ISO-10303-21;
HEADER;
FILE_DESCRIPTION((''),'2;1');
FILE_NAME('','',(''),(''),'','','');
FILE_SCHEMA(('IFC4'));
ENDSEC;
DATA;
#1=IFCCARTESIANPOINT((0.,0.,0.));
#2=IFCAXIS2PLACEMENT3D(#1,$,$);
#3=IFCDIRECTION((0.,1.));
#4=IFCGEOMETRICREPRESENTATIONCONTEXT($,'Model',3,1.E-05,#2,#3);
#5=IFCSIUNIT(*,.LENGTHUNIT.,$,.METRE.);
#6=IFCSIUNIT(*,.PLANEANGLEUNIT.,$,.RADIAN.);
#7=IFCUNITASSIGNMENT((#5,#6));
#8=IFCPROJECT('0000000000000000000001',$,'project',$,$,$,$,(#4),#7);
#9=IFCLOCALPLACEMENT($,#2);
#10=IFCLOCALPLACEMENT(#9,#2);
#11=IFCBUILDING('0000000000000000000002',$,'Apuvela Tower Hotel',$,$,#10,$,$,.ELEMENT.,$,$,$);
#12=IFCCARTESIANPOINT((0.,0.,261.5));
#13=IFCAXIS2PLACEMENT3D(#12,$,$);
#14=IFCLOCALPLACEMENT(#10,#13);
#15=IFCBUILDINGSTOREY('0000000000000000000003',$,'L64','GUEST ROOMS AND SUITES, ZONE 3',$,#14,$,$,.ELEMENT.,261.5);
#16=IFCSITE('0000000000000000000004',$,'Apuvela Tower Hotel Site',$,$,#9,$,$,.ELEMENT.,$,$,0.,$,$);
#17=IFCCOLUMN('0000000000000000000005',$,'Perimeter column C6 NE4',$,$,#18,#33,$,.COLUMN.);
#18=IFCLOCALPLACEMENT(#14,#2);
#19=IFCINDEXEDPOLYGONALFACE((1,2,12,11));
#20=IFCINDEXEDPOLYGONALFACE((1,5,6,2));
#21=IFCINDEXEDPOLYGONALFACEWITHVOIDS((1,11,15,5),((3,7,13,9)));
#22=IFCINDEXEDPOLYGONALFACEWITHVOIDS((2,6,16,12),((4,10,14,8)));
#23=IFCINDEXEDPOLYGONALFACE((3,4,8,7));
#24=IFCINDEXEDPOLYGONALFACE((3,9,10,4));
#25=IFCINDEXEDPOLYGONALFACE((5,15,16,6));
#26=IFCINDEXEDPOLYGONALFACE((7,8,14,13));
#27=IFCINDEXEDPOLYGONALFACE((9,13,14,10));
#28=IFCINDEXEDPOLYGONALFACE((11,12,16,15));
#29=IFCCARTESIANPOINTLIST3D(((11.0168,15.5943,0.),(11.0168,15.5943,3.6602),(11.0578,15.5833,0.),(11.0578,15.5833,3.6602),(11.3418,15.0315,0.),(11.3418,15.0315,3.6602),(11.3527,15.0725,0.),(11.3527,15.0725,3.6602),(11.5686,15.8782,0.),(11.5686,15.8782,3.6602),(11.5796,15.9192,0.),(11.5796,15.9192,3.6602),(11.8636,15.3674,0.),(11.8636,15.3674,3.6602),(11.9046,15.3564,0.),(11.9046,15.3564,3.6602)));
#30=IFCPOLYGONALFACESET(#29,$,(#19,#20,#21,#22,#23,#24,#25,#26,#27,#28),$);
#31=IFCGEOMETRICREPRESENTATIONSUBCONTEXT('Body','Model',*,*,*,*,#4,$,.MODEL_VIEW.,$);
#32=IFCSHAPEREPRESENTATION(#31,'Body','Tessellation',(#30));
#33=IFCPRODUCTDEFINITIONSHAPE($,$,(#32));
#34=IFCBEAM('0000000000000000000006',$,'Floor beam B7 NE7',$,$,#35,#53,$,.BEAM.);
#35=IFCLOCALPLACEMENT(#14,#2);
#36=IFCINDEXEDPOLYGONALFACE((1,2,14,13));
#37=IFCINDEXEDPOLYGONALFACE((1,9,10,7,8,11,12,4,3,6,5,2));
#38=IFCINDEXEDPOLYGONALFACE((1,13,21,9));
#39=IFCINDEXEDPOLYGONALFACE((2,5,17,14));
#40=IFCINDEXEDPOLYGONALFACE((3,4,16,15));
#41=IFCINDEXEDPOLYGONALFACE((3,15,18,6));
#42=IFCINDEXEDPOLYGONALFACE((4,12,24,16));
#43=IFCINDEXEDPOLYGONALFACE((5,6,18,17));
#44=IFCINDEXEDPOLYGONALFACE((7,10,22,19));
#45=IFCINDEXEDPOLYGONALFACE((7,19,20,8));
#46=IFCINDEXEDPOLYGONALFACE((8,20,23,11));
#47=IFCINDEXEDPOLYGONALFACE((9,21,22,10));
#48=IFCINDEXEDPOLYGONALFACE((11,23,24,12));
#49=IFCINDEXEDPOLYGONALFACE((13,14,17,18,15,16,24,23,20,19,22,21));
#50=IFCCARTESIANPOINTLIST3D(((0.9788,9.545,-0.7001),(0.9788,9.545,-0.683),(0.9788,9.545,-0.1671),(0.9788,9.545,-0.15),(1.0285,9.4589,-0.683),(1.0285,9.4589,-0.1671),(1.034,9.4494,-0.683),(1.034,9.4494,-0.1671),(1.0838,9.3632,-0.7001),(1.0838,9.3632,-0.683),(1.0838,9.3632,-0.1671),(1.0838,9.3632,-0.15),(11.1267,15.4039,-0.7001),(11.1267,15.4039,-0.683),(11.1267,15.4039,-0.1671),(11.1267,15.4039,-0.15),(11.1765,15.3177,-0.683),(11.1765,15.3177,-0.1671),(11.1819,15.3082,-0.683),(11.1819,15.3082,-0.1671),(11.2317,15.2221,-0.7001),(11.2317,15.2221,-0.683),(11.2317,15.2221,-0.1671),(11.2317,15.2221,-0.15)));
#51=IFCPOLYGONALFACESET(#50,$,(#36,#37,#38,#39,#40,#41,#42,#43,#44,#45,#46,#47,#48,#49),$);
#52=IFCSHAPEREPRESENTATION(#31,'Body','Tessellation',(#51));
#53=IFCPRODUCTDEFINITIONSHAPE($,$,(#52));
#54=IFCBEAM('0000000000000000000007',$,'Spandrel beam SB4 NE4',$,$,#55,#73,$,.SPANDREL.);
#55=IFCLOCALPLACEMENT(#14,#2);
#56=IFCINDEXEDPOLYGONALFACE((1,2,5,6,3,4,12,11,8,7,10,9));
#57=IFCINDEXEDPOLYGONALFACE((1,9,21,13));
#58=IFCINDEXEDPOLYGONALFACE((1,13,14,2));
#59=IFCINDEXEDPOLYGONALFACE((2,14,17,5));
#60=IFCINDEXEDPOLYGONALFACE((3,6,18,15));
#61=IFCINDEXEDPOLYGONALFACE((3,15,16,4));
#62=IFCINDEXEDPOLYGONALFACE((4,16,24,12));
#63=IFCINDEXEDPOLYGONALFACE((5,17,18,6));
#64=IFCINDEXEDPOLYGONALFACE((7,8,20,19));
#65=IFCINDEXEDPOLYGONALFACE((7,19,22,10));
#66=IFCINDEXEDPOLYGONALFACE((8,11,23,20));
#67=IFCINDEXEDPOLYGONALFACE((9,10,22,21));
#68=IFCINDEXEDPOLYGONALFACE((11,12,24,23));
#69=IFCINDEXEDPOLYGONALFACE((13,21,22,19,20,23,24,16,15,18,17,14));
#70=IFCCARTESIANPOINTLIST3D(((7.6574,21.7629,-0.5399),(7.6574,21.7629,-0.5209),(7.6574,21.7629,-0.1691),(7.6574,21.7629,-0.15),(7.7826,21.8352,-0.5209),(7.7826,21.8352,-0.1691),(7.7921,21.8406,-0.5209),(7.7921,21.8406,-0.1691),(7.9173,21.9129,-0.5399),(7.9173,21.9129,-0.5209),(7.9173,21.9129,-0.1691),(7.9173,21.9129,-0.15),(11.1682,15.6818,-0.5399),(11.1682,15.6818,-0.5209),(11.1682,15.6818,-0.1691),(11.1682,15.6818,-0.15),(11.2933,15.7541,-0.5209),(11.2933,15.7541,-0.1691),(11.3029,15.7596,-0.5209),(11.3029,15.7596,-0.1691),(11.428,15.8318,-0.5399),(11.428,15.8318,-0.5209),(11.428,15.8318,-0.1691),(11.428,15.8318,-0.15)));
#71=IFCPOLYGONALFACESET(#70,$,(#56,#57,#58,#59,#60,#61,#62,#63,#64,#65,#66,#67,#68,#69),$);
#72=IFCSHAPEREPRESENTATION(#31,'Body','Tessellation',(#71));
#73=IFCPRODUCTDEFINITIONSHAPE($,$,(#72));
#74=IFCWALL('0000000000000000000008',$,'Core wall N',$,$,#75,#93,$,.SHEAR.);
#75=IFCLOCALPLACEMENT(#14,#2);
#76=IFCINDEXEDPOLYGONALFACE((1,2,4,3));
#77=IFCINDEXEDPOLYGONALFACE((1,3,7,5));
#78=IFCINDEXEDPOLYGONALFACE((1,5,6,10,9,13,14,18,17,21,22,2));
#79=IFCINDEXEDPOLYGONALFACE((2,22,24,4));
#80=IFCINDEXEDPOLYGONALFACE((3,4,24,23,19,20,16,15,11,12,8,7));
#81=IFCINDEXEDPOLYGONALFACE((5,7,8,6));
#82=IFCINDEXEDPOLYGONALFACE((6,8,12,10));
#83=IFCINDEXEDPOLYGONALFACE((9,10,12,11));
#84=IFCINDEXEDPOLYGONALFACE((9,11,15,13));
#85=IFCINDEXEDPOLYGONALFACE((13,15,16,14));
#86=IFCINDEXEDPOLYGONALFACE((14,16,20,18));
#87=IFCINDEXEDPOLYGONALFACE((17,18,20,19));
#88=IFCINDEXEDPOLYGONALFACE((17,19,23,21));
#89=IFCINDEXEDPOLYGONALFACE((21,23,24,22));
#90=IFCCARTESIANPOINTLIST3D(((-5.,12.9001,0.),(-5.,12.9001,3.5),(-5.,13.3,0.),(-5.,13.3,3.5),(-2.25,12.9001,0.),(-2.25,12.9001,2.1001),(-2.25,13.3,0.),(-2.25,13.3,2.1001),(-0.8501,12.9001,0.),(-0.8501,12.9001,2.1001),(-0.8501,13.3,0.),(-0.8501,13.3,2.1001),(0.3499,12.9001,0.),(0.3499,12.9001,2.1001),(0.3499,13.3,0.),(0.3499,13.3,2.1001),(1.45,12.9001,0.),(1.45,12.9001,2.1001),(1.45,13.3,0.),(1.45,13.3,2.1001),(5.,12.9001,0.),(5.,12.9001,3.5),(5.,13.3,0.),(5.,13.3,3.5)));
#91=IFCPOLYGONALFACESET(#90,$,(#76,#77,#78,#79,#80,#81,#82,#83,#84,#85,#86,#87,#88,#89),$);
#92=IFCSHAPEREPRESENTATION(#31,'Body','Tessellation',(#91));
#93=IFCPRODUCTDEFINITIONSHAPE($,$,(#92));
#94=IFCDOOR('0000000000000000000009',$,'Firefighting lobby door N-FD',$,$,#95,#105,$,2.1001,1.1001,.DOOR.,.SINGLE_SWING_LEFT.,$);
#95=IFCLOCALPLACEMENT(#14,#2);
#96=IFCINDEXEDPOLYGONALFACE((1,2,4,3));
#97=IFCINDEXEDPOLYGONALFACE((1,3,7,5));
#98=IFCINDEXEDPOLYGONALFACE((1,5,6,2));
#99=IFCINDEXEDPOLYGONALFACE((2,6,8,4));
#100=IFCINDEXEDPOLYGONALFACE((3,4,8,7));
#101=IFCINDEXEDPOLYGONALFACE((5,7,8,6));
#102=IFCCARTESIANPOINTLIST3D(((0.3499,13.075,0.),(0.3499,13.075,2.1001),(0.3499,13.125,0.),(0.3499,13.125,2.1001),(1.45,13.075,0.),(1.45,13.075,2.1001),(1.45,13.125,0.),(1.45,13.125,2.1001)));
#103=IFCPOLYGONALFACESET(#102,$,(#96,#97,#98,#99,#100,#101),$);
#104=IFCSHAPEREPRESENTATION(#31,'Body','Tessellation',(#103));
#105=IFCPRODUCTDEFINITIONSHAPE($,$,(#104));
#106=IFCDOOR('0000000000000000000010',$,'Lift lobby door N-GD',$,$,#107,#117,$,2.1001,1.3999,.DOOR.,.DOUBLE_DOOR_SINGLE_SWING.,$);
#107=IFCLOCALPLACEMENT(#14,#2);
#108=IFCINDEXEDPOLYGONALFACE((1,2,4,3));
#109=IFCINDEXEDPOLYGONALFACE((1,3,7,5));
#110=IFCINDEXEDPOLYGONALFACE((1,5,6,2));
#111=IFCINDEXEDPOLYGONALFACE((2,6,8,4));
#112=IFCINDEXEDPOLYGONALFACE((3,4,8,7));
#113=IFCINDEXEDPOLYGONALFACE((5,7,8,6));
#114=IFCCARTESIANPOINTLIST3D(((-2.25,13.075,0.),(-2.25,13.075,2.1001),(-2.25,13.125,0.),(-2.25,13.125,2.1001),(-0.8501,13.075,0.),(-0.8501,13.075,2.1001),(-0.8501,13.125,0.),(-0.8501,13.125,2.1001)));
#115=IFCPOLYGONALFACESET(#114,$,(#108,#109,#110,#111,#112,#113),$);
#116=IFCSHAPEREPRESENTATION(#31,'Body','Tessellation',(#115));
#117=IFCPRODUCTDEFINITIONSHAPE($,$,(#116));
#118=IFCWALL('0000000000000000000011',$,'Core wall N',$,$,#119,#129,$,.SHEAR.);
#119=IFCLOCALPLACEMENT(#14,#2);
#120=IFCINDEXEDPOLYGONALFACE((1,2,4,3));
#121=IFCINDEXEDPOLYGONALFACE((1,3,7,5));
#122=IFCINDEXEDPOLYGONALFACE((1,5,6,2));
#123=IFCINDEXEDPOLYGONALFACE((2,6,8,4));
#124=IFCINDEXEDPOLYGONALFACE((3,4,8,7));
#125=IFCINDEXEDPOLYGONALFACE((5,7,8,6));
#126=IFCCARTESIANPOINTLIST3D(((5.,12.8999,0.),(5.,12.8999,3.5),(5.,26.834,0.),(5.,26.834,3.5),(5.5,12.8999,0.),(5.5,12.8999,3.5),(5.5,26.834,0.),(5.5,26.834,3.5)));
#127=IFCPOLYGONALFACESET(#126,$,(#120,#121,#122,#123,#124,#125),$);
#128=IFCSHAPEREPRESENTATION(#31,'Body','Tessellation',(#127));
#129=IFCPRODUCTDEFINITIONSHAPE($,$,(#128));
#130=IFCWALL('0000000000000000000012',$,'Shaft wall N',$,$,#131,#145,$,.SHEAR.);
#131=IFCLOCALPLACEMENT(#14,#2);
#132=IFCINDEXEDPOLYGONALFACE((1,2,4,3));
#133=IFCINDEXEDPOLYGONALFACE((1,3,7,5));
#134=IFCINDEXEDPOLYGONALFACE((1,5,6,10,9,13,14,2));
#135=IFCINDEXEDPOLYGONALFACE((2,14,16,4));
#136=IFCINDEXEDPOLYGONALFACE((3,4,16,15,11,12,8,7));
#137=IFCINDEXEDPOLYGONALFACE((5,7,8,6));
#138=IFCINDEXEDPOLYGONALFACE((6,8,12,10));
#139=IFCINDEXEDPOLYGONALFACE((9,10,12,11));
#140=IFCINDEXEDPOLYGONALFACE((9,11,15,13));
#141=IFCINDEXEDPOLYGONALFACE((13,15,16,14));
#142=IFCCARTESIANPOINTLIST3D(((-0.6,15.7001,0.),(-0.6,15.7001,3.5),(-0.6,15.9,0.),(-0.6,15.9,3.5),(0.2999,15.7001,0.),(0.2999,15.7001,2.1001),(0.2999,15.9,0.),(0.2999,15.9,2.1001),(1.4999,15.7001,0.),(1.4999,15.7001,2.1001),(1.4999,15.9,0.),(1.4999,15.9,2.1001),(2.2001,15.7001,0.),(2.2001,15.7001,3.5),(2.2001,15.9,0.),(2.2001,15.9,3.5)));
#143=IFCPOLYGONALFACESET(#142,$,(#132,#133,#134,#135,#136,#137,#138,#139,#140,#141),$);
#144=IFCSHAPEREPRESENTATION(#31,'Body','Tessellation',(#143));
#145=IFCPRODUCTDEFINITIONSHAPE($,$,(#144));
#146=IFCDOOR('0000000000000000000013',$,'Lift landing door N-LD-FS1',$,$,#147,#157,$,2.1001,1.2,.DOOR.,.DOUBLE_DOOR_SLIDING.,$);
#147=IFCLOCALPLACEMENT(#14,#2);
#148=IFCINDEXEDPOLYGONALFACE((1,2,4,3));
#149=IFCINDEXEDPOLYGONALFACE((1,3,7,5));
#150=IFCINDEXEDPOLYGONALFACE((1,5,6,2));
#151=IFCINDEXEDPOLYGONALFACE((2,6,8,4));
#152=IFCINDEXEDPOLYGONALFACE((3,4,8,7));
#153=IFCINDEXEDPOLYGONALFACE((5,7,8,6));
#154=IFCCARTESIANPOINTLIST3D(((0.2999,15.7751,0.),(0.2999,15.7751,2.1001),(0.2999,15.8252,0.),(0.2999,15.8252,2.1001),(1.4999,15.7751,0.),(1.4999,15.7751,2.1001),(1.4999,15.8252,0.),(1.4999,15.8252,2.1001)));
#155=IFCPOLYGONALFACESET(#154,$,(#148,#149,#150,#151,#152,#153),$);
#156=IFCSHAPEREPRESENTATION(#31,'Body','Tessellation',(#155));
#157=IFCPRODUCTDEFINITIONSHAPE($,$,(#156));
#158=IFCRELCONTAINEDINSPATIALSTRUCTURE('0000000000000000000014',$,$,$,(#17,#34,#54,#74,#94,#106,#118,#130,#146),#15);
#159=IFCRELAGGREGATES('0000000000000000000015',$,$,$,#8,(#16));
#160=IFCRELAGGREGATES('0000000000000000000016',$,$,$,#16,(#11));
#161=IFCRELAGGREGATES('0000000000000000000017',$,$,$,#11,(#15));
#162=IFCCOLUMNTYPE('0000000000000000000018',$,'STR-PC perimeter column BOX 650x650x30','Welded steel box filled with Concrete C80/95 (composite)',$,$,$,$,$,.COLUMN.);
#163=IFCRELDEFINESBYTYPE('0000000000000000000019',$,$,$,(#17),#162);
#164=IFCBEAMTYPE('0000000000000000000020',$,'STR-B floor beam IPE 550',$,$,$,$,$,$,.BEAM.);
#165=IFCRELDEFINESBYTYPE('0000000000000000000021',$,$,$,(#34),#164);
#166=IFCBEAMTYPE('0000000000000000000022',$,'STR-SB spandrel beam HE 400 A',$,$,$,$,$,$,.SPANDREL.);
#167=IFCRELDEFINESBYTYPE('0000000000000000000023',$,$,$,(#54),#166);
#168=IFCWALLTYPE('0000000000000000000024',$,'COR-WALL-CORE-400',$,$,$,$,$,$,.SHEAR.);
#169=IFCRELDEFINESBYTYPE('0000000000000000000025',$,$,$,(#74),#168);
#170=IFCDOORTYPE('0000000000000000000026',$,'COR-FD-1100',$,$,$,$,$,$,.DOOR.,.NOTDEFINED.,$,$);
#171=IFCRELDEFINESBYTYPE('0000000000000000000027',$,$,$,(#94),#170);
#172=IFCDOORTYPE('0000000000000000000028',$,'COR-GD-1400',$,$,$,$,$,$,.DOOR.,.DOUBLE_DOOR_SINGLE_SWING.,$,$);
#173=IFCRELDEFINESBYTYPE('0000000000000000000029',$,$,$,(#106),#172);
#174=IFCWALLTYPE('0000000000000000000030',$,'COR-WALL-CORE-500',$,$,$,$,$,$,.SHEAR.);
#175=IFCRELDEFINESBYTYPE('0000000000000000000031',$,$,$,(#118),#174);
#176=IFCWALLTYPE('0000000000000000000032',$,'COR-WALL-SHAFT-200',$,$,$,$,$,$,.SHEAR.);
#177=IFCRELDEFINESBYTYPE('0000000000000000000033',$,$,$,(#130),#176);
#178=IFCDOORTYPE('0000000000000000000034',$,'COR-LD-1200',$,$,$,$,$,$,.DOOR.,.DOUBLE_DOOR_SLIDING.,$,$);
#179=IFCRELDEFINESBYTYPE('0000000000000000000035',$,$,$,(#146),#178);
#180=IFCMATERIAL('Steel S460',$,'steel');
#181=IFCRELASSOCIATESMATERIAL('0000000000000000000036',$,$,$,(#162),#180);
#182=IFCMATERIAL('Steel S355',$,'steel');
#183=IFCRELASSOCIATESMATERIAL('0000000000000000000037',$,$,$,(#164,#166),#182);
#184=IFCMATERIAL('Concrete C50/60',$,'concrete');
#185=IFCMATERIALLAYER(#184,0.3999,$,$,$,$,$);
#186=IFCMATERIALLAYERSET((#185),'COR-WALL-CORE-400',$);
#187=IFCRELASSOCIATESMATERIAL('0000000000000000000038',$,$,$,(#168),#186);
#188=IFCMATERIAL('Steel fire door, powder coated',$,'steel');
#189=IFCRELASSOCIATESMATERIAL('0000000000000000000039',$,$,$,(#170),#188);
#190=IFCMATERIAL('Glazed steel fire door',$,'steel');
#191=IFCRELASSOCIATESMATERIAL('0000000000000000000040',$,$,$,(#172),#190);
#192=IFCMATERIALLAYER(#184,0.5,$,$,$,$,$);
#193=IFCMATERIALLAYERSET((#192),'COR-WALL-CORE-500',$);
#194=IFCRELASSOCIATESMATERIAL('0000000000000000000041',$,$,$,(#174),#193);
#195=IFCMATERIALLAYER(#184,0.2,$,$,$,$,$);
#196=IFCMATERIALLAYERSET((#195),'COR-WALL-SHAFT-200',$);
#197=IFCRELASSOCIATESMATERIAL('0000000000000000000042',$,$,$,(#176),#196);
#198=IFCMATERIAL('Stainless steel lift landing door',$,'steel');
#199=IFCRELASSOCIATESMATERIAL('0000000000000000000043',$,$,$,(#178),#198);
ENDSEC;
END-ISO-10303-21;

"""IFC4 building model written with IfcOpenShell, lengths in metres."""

from ifc_helpers import new_model, si_unit, direction, frame, frame_2d, origin, origin_2d, place, context, subcontext, project, spatial, rectangle, hollow_rectangle, i_section, extrude, boolean, halfspace, material, layer, layer_set, material_profile, profile_set, type_object, element, fill, save


model = new_model("IFC4")

# Units and contexts
model_context = context("Model", 3, precision=1e-05, world=origin(), true_north=direction((0.0, 1.0)))
body_context = subcontext(model_context, "Body", "Model", "MODEL_VIEW")
ifc_project = project(units=[si_unit("LENGTHUNIT", "METRE"), si_unit("PLANEANGLEUNIT", "RADIAN")], contexts=[model_context])

# Site, building, storey
site_placement = place(None, origin())
site = spatial("IfcSite", under=ifc_project, at=site_placement, Name="Apuvela Tower Hotel Site", CompositionType="ELEMENT", RefElevation=0.0)
building_placement = place(site_placement, origin())
building = spatial("IfcBuilding", under=site, at=building_placement, Name="Apuvela Tower Hotel", CompositionType="ELEMENT")
storey_placement = place(building_placement, frame((0.0, 0.0, 261.5)))
storey = spatial("IfcBuildingStorey", under=building, at=storey_placement, Name="L64", Description="GUEST ROOMS AND SUITES, ZONE 3", CompositionType="ELEMENT", Elevation=261.5)

# Column
ifc_material_1 = material(Name="Steel S460", Category="steel")
ifc_material_profile_1 = material_profile(ifc_material_1, hollow_rectangle(XDim=0.6499, YDim=0.6499, WallThickness=0.03, at=origin_2d()), Name="BOX 650x650x30")
ifc_material_2 = material(Name="Concrete C80/95", Category="concrete")
ifc_material_profile_2 = material_profile(ifc_material_2, rectangle(XDim=0.5901, YDim=0.5901, at=origin_2d()), Name="Concrete C80/95 infill")
ifc_profile_set_1 = profile_set([ifc_material_profile_1, ifc_material_profile_2], Name="Steel S460")
column_type = type_object("IfcColumnType", Name="STR-PC perimeter column BOX 650x650x30", Description="Welded steel box filled with Concrete C80/95 (composite)", PredefinedType="COLUMN", material=ifc_profile_set_1)
column_placement = place(storey_placement, frame((11.4607, 15.4753, 0.0), z_axis=(0.0, 0.0, 1.0), x_axis=(-0.5, 0.866025, 0.0)))
element("IfcColumn", 1, at=column_placement, inside=storey, type_object=column_type, Name="Perimeter column C6 NE4", PredefinedType="COLUMN", context=body_context, shape_type="SweptSolid", body=[
    boolean("DIFFERENCE", extrude(hollow_rectangle(XDim=0.6499, YDim=0.6499, WallThickness=0.03, at=origin_2d()), origin(), (0.0, 0.0, 1.0), 3.7), halfspace(frame((0.0, 0.0, 3.6602), z_axis=(0.0, 0.0, 1.0), x_axis=(1.0, 0.0, 0.0)), False)),
])

# Beams
ifc_material_3 = material(Name="Steel S355", Category="steel")
ifc_material_profile_3 = material_profile(ifc_material_3, i_section(OverallWidth=0.21, OverallDepth=0.55, WebThickness=0.011, FlangeThickness=0.0171, at=origin_2d()), Name="IPE 550")
ifc_profile_set_2 = profile_set([ifc_material_profile_3], Name="Steel S355")
beam_type_1 = type_object("IfcBeamType", Name="STR-B floor beam IPE 550", PredefinedType="BEAM", material=ifc_profile_set_2)
beam_1_placement = place(storey_placement, frame((11.1792, 15.313, -0.425), z_axis=(-0.866027, -0.499998, 0.0), x_axis=(0.499998, -0.866027, 0.0)))
element("IfcBeam", 2, at=beam_1_placement, inside=storey, type_object=beam_type_1, Name="Floor beam B7 NE7", PredefinedType="BEAM", context=body_context, shape_type="SweptSolid", body=[
    extrude(i_section(OverallWidth=0.21, OverallDepth=0.55, WebThickness=0.011, FlangeThickness=0.0171, at=origin_2d()), origin(), (0.0, 0.0, 1.0), 11.7178),
])
ifc_material_profile_4 = material_profile(ifc_material_3, i_section(OverallWidth=0.3, OverallDepth=0.3899, WebThickness=0.011, FlangeThickness=0.019, at=origin_2d()), Name="HE 400 A")
ifc_profile_set_3 = profile_set([ifc_material_profile_4], Name="Steel S355")
beam_type_2 = type_object("IfcBeamType", Name="STR-SB spandrel beam HE 400 A", PredefinedType="SPANDREL", material=ifc_profile_set_3)
beam_2_placement = place(storey_placement, frame((11.2981, 15.7568, -0.345), z_axis=(-0.499983, 0.866035, 0.0), x_axis=(-0.866035, -0.499983, 0.0)))
element("IfcBeam", 3, at=beam_2_placement, inside=storey, type_object=beam_type_2, Name="Spandrel beam SB4 NE4", PredefinedType="SPANDREL", context=body_context, shape_type="SweptSolid", body=[
    extrude(i_section(OverallWidth=0.3, OverallDepth=0.3899, WebThickness=0.011, FlangeThickness=0.019, at=origin_2d()), origin(), (0.0, 0.0, 1.0), 7.0217),
])

# Wall, openings, doors
ifc_material_4 = material(Name="Concrete C50/60", Category="concrete")
ifc_layer_1 = layer(ifc_material_4, 0.3999)
ifc_layer_set_1 = layer_set([ifc_layer_1], Name="COR-WALL-CORE-400")
wall_type_1 = type_object("IfcWallType", Name="COR-WALL-CORE-400", PredefinedType="SHEAR", material=ifc_layer_set_1)
wall_1_placement = place(storey_placement, frame((5.0, 13.1001, 0.0), z_axis=(0.0, 0.0, 1.0), x_axis=(-1.0, 0.0, 0.0)))
wall_1 = element("IfcWall", 4, at=wall_1_placement, inside=storey, type_object=wall_type_1, Name="Core wall N", PredefinedType="SHEAR", context=body_context, shape_type="SweptSolid", body=[
    extrude(rectangle(XDim=10.0, YDim=0.3999, at=frame_2d((5.0, 0.0))), origin(), (0.0, 0.0, 1.0), 3.5),
])
opening_1_placement = place(wall_1_placement, frame((3.55, 0.0, 0.0)))
opening_1 = element("IfcOpeningElement", 5, at=opening_1_placement, cuts=wall_1, PredefinedType="OPENING", context=body_context, shape_type="SweptSolid", body=[
    extrude(rectangle(XDim=1.1001, YDim=2.1001, at=frame_2d((0.55, 1.05))), frame((0.0, 0.21, 0.0), z_axis=(0.0, -1.0, 0.0), x_axis=(1.0, 0.0, 0.0)), (0.0, 0.0, 1.0), 0.4199),
])
opening_2_placement = place(wall_1_placement, frame((5.8501, 0.0, 0.0)))
opening_2 = element("IfcOpeningElement", 6, at=opening_2_placement, cuts=wall_1, PredefinedType="OPENING", context=body_context, shape_type="SweptSolid", body=[
    extrude(rectangle(XDim=1.3999, YDim=2.1001, at=frame_2d((0.7, 1.05))), frame((0.0, 0.21, 0.0), z_axis=(0.0, -1.0, 0.0), x_axis=(1.0, 0.0, 0.0)), (0.0, 0.0, 1.0), 0.4199),
])
ifc_material_5 = material(Name="Steel fire door, powder coated", Category="steel")
door_type_1 = type_object("IfcDoorType", Name="COR-FD-1100", OperationType="NOTDEFINED", PredefinedType="DOOR", material=ifc_material_5)
door_1_placement = place(opening_1_placement, frame((1.1001, 0.0, 0.0), z_axis=(0.0, 0.0, 1.0), x_axis=(-1.0, 0.0, 0.0)))
door_1 = element("IfcDoor", 7, at=door_1_placement, inside=storey, type_object=door_type_1, Name="Firefighting lobby door N-FD", OperationType="SINGLE_SWING_LEFT", OverallHeight=2.1001, OverallWidth=1.1001, PredefinedType="DOOR", context=body_context, shape_type="SweptSolid", body=[
    extrude(rectangle(XDim=1.1001, YDim=2.1001, at=frame_2d((0.55, 1.05))), frame((0.0, 0.0249, 0.0), z_axis=(0.0, -1.0, 0.0), x_axis=(1.0, 0.0, 0.0)), (0.0, 0.0, 1.0), 0.05),
])
fill(opening_1, door_1)
ifc_material_6 = material(Name="Glazed steel fire door", Category="steel")
door_type_2 = type_object("IfcDoorType", Name="COR-GD-1400", OperationType="DOUBLE_DOOR_SINGLE_SWING", PredefinedType="DOOR", material=ifc_material_6)
door_2_placement = place(opening_2_placement, frame((1.3999, 0.0, 0.0), z_axis=(0.0, 0.0, 1.0), x_axis=(-1.0, 0.0, 0.0)))
door_2 = element("IfcDoor", 8, at=door_2_placement, inside=storey, type_object=door_type_2, Name="Lift lobby door N-GD", OperationType="DOUBLE_DOOR_SINGLE_SWING", OverallHeight=2.1001, OverallWidth=1.3999, PredefinedType="DOOR", context=body_context, shape_type="SweptSolid", body=[
    extrude(rectangle(XDim=1.3999, YDim=2.1001, at=frame_2d((0.7, 1.05))), frame((0.0, 0.0249, 0.0), z_axis=(0.0, -1.0, 0.0), x_axis=(1.0, 0.0, 0.0)), (0.0, 0.0, 1.0), 0.05),
])
fill(opening_2, door_2)

# Wall
ifc_layer_2 = layer(ifc_material_4, 0.5)
ifc_layer_set_2 = layer_set([ifc_layer_2], Name="COR-WALL-CORE-500")
wall_type_2 = type_object("IfcWallType", Name="COR-WALL-CORE-500", PredefinedType="SHEAR", material=ifc_layer_set_2)
wall_2_placement = place(storey_placement, frame((5.25, 12.8999, 0.0), z_axis=(0.0, 0.0, 1.0), x_axis=(0.0, 1.0, 0.0)))
element("IfcWall", 9, at=wall_2_placement, inside=storey, type_object=wall_type_2, Name="Core wall N", PredefinedType="SHEAR", context=body_context, shape_type="SweptSolid", body=[
    extrude(rectangle(XDim=13.9341, YDim=0.5, at=frame_2d((6.967, 0.0))), origin(), (0.0, 0.0, 1.0), 3.5),
])

# Wall, opening, door
ifc_layer_3 = layer(ifc_material_4, 0.2)
ifc_layer_set_3 = layer_set([ifc_layer_3], Name="COR-WALL-SHAFT-200")
wall_type_3 = type_object("IfcWallType", Name="COR-WALL-SHAFT-200", PredefinedType="SHEAR", material=ifc_layer_set_3)
wall_3_placement = place(storey_placement, frame((2.2, 15.8, 0.0), z_axis=(0.0, 0.0, 1.0), x_axis=(-1.0, 0.0, 0.0)))
wall_3 = element("IfcWall", 10, at=wall_3_placement, inside=storey, type_object=wall_type_3, Name="Shaft wall N", PredefinedType="SHEAR", context=body_context, shape_type="SweptSolid", body=[
    extrude(rectangle(XDim=2.8, YDim=0.2, at=frame_2d((1.3999, 0.0))), origin(), (0.0, 0.0, 1.0), 3.5),
])
opening_3_placement = place(wall_3_placement, frame((0.7, 0.0, 0.0)))
opening_3 = element("IfcOpeningElement", 11, at=opening_3_placement, cuts=wall_3, PredefinedType="OPENING", context=body_context, shape_type="SweptSolid", body=[
    extrude(rectangle(XDim=1.2, YDim=2.1001, at=frame_2d((0.6001, 1.05))), frame((0.0, 0.1099, 0.0), z_axis=(0.0, -1.0, 0.0), x_axis=(1.0, 0.0, 0.0)), (0.0, 0.0, 1.0), 0.22),
])
ifc_material_7 = material(Name="Stainless steel lift landing door", Category="steel")
door_type_3 = type_object("IfcDoorType", Name="COR-LD-1200", OperationType="DOUBLE_DOOR_SLIDING", PredefinedType="DOOR", material=ifc_material_7)
door_3_placement = place(opening_3_placement, origin())
door_3 = element("IfcDoor", 12, at=door_3_placement, inside=storey, type_object=door_type_3, Name="Lift landing door N-LD-FS1", OperationType="DOUBLE_DOOR_SLIDING", OverallHeight=2.1001, OverallWidth=1.2, PredefinedType="DOOR", context=body_context, shape_type="SweptSolid", body=[
    extrude(rectangle(XDim=1.2, YDim=2.1001, at=frame_2d((0.6001, 1.05))), frame((0.0, 0.0249, 0.0), z_axis=(0.0, -1.0, 0.0), x_axis=(1.0, 0.0, 0.0)), (0.0, 0.0, 1.0), 0.05),
])
fill(opening_3, door_3)

save(model, "model.ifc")
